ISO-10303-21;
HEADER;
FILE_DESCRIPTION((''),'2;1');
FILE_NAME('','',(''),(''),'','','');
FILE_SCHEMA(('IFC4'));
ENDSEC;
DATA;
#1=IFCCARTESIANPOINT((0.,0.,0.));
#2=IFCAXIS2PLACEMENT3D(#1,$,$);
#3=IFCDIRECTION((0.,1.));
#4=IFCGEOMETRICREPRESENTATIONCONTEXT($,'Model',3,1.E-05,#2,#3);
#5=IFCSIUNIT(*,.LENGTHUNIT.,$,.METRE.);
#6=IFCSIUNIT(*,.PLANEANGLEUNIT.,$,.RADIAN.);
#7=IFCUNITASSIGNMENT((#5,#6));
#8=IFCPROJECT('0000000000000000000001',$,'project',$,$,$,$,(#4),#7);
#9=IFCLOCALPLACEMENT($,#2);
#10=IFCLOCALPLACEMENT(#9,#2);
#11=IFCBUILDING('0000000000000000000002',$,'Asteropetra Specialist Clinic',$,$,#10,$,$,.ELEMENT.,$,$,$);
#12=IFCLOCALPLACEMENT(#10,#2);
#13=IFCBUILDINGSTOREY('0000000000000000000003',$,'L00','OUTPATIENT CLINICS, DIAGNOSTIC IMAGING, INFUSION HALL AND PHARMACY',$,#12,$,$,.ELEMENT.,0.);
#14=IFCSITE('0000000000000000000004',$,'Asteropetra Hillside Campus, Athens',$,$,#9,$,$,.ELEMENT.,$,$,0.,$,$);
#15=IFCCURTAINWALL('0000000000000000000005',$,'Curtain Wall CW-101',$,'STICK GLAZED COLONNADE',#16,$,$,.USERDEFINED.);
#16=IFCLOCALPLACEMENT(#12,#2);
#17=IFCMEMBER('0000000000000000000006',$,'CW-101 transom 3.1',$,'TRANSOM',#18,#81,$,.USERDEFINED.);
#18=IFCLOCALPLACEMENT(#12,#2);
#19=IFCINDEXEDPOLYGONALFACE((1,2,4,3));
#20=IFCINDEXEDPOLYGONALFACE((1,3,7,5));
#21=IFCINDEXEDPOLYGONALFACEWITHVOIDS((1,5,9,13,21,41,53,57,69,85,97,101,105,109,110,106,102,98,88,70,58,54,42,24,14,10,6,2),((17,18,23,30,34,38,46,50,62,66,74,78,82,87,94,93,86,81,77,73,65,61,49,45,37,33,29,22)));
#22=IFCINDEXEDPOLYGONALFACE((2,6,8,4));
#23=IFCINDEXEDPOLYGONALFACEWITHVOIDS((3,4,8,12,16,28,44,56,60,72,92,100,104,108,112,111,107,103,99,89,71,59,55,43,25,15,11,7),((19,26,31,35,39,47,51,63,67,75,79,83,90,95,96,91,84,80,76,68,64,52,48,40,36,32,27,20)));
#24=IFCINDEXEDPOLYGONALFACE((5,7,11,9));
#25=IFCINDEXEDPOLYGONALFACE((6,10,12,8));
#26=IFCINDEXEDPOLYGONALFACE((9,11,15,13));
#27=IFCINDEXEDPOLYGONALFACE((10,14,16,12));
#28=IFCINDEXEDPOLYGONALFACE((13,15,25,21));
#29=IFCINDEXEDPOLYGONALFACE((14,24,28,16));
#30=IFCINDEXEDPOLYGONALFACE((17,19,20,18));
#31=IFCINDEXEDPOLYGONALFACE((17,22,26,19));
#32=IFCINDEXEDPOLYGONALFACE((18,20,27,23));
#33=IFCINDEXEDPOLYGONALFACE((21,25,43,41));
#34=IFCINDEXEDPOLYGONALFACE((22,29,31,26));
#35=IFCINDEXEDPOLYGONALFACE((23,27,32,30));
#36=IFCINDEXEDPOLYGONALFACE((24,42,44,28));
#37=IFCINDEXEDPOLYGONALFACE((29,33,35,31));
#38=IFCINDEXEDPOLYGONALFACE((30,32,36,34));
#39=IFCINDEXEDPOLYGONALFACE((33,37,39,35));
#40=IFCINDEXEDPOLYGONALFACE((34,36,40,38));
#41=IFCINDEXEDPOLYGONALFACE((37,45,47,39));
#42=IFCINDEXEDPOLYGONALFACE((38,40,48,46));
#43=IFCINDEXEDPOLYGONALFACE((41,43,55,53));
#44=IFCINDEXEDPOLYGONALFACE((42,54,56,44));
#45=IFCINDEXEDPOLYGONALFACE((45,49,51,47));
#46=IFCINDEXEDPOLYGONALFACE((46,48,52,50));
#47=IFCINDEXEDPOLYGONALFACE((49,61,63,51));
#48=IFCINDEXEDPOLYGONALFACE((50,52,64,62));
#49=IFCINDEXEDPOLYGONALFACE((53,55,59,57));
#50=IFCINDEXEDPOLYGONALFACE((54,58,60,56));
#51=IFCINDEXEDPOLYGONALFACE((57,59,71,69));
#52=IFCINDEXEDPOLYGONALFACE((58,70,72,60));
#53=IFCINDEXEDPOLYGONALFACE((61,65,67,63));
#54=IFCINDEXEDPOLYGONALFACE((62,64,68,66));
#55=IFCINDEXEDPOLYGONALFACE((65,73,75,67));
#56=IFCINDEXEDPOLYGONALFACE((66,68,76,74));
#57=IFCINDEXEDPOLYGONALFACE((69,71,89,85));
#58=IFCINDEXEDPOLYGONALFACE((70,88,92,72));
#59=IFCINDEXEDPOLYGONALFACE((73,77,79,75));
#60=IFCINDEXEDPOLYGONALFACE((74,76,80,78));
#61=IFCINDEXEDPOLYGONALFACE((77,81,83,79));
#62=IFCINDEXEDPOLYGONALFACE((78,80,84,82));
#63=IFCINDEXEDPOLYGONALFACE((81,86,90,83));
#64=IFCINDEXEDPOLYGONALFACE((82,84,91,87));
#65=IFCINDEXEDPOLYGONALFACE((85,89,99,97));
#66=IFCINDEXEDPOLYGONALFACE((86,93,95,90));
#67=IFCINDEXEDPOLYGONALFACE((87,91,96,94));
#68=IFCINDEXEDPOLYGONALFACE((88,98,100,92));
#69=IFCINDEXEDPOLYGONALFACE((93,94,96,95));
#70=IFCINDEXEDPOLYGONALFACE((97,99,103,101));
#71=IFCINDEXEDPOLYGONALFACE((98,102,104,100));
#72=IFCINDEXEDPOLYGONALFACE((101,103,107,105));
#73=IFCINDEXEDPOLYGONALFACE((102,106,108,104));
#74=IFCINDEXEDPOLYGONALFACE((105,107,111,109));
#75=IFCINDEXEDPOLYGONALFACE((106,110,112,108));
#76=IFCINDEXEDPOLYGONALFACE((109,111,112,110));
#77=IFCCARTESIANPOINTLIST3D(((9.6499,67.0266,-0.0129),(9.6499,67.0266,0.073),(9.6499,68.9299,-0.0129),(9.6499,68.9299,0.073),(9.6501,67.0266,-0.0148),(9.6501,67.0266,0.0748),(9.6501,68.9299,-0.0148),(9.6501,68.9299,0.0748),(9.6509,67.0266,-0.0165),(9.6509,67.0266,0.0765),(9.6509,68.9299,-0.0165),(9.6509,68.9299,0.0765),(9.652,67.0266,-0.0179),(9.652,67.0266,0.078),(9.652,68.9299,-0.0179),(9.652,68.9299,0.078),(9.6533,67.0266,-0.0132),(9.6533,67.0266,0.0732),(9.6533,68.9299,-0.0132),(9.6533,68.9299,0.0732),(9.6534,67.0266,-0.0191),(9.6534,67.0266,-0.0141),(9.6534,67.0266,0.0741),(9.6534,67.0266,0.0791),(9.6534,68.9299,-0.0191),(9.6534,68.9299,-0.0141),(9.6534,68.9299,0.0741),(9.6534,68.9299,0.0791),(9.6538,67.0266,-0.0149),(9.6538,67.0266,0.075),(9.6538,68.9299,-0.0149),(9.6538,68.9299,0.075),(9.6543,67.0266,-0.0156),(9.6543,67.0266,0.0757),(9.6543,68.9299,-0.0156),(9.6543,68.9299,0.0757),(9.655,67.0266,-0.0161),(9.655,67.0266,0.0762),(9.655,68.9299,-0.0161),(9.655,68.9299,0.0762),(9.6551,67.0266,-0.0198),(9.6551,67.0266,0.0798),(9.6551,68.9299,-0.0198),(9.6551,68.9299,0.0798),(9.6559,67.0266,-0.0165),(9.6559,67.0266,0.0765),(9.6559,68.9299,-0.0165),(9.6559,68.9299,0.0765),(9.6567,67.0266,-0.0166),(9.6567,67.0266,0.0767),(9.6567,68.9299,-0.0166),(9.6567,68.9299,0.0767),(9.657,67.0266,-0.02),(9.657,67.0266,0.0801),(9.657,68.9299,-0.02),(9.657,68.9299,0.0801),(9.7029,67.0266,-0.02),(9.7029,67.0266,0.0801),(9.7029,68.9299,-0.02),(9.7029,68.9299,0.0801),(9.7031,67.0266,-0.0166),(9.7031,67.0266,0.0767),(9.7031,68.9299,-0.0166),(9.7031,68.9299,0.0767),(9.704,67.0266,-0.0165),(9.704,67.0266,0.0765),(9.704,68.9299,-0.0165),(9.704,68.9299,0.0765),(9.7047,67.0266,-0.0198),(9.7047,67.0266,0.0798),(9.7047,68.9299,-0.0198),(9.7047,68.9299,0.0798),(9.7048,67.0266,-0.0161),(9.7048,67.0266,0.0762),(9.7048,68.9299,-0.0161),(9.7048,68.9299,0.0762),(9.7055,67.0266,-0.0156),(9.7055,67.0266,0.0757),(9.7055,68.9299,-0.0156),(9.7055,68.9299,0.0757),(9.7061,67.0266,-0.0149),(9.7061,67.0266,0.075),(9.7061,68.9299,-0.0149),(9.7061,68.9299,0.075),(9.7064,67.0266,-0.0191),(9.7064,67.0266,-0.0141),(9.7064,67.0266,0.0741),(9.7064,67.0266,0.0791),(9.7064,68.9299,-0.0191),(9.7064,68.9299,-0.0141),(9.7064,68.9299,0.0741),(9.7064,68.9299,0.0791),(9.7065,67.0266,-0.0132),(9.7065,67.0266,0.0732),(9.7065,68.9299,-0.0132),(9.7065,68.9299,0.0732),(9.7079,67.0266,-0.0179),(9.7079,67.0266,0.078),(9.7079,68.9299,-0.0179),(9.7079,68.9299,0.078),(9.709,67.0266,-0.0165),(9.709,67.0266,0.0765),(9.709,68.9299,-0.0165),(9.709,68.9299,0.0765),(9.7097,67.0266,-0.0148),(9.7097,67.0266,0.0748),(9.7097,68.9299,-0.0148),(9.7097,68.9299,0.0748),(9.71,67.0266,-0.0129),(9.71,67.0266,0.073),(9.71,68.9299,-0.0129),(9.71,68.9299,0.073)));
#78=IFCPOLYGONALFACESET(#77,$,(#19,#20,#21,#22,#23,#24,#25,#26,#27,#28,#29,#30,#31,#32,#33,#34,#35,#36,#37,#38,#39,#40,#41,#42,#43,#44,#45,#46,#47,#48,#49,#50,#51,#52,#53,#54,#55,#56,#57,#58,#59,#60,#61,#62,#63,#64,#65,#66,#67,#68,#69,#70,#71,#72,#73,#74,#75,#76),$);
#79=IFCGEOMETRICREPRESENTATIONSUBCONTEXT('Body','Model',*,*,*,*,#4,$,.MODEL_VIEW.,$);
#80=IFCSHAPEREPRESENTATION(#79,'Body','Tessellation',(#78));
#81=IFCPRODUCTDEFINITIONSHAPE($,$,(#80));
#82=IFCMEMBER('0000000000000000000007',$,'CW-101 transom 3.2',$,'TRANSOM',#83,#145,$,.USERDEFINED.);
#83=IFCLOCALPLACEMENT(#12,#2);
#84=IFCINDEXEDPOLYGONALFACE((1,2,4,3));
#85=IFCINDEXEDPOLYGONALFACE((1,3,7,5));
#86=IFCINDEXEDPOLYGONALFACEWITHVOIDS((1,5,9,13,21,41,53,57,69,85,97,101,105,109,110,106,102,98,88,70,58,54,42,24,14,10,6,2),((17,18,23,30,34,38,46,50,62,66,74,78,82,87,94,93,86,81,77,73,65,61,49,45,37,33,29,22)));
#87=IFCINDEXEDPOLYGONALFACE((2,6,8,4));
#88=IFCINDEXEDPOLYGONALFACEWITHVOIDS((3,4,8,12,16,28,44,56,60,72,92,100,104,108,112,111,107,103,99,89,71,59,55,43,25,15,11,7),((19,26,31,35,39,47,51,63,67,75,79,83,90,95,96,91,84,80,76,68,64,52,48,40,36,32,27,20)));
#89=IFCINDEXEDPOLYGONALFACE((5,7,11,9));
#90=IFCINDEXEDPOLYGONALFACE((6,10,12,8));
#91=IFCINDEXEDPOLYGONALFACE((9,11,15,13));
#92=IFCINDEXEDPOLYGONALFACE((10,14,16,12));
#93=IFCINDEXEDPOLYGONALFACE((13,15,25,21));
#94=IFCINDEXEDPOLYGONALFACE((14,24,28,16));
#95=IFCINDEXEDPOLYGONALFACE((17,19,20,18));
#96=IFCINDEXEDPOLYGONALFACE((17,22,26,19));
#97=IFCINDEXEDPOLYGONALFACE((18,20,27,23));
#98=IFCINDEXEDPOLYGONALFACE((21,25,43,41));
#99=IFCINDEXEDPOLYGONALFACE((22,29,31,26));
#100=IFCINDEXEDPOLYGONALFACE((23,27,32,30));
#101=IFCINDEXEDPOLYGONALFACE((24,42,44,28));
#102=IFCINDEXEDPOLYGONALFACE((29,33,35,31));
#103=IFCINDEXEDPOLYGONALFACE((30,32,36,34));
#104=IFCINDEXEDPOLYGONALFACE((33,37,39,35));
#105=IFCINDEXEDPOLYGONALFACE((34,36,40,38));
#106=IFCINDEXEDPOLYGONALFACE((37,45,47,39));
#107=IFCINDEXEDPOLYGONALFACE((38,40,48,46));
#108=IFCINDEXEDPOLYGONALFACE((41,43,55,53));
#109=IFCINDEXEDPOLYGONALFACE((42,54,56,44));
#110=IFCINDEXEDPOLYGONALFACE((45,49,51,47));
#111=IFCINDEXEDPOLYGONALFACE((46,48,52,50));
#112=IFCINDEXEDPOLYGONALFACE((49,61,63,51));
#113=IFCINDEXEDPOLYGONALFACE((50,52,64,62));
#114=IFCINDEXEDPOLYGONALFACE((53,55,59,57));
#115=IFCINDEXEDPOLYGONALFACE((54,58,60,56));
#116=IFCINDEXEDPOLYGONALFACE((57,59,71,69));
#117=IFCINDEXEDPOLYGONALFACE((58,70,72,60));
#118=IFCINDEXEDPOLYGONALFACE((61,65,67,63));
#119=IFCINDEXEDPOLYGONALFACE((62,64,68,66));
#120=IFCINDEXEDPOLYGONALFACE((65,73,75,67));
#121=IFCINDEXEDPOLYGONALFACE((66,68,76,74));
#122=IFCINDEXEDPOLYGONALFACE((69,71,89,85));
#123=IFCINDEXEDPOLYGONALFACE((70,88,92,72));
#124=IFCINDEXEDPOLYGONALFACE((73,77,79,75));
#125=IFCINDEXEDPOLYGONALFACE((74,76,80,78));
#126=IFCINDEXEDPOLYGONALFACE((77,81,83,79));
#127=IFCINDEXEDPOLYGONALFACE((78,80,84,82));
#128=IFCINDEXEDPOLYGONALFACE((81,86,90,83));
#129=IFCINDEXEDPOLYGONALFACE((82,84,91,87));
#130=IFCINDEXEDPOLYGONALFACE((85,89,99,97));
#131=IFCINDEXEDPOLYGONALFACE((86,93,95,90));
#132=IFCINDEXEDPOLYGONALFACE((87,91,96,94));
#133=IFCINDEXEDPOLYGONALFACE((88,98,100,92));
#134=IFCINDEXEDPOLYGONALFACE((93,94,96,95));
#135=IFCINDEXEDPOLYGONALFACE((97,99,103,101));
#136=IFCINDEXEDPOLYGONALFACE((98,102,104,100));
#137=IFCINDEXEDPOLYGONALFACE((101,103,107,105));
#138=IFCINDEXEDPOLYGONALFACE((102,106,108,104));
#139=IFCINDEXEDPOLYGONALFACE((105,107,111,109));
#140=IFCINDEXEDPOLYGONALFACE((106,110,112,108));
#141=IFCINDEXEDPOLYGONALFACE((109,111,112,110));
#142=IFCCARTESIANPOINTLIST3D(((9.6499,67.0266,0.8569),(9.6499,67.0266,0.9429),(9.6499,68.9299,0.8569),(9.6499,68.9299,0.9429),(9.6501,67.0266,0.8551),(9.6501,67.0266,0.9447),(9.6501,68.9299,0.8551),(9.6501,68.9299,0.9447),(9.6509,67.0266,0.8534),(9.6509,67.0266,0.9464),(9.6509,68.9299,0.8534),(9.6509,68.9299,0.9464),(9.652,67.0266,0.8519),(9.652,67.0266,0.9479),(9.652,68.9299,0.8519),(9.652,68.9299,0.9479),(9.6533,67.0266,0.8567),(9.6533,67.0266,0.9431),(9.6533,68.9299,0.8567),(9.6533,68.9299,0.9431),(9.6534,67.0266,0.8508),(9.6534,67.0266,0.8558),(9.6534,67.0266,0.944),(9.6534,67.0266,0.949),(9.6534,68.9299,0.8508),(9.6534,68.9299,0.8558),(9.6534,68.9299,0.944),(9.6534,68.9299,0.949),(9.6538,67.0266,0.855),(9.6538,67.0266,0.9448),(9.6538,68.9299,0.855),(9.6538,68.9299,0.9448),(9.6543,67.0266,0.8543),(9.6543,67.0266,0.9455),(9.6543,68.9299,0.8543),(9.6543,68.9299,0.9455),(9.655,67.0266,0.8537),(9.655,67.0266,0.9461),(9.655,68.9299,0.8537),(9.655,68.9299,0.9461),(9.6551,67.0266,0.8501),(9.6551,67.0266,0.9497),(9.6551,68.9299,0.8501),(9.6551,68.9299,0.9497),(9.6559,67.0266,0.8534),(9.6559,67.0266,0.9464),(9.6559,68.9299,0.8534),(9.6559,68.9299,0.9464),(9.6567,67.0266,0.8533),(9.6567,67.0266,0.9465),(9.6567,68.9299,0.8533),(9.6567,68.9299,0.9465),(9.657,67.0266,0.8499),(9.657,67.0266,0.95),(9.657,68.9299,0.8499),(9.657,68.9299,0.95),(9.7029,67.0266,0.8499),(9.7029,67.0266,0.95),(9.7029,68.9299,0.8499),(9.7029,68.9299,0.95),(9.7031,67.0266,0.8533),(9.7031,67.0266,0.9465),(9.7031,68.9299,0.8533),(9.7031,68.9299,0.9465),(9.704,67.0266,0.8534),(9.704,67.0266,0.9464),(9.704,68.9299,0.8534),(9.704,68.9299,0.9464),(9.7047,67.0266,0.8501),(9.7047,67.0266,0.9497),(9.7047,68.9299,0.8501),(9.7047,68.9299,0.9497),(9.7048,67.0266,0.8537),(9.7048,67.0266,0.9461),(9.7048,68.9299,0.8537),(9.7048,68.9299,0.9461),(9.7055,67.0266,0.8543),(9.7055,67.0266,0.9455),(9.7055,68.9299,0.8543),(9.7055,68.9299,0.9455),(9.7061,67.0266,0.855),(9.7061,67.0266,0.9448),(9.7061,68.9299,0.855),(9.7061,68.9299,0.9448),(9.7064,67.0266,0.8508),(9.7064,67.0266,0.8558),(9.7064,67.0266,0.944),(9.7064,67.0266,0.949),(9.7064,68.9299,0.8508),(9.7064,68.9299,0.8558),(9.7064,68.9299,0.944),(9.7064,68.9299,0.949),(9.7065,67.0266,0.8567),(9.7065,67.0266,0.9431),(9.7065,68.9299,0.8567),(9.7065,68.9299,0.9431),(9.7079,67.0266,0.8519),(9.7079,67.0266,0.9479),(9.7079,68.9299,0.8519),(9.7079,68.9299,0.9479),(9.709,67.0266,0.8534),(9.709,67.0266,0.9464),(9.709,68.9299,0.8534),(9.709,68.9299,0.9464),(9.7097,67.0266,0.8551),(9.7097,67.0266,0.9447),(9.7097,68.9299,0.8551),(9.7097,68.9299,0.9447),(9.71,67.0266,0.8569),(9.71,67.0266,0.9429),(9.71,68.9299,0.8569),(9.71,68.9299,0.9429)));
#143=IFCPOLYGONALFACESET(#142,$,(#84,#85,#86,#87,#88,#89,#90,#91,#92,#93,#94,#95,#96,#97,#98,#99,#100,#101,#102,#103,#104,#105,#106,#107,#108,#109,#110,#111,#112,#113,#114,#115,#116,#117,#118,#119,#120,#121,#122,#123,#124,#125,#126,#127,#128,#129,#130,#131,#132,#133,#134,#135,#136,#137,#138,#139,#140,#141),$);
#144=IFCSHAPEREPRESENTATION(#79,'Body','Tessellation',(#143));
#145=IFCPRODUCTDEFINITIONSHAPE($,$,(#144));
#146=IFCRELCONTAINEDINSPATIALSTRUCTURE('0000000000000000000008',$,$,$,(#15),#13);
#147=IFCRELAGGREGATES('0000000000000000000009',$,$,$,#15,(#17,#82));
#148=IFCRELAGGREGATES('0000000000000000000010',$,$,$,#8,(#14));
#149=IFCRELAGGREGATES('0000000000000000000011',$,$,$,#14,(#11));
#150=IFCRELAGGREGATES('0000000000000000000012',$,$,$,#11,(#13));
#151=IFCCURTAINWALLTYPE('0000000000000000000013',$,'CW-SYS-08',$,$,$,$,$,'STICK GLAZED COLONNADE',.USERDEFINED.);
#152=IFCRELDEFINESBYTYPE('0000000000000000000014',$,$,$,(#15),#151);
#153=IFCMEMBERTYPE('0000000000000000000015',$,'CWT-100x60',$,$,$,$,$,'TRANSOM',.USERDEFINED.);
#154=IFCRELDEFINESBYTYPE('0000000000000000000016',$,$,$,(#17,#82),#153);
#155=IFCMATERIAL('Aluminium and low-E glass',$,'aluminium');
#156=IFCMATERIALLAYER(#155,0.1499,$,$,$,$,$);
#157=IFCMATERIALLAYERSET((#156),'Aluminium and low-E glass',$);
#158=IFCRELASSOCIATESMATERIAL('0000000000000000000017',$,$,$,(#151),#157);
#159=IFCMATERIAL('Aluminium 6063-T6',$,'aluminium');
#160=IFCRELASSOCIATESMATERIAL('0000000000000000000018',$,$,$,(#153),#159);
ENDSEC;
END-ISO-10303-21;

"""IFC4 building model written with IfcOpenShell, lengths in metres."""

from ifc_helpers import new_model, si_unit, direction, frame, origin, origin_2d, place, context, subcontext, project, spatial, hollow_rectangle, extrude, material, layer, layer_set, material_profile, profile_set, type_object, element, aggregate, save


model = new_model("IFC4")

# Units and contexts
model_context = context("Model", 3, precision=1e-05, world=origin(), true_north=direction((0.0, 1.0)))
body_context = subcontext(model_context, "Body", "Model", "MODEL_VIEW")
ifc_project = project(units=[si_unit("LENGTHUNIT", "METRE"), si_unit("PLANEANGLEUNIT", "RADIAN")], contexts=[model_context])

# Site, building, storey
site_placement = place(None, origin())
site = spatial("IfcSite", under=ifc_project, at=site_placement, Name="Asteropetra Hillside Campus, Athens", CompositionType="ELEMENT", RefElevation=0.0)
building_placement = place(site_placement, origin())
building = spatial("IfcBuilding", under=site, at=building_placement, Name="Asteropetra Specialist Clinic", CompositionType="ELEMENT")
storey_placement = place(building_placement, origin())
storey = spatial("IfcBuildingStorey", under=building, at=storey_placement, Name="L00", Description="OUTPATIENT CLINICS, DIAGNOSTIC IMAGING, INFUSION HALL AND PHARMACY", CompositionType="ELEMENT", Elevation=0.0)

# Curtain wall
ifc_material_1 = material(Name="Aluminium and low-E glass", Category="aluminium")
ifc_layer_1 = layer(ifc_material_1, 0.1499)
ifc_layer_set_1 = layer_set([ifc_layer_1], Name="Aluminium and low-E glass")
curtain_wall_type_1 = type_object("IfcCurtainWallType", Name="CW-SYS-08", ElementType="STICK GLAZED COLONNADE", PredefinedType="USERDEFINED", material=ifc_layer_set_1)
curtain_wall_1_placement = place(storey_placement, origin())
curtain_wall_1 = element("IfcCurtainWall", 1, at=curtain_wall_1_placement, inside=storey, type_object=curtain_wall_type_1, Name="Curtain Wall CW-101", ObjectType="STICK GLAZED COLONNADE", PredefinedType="USERDEFINED")

# Members
ifc_material_2 = material(Name="Aluminium 6063-T6", Category="aluminium")
ifc_material_profile_1 = material_profile(ifc_material_2, hollow_rectangle(XDim=0.0601, YDim=0.1001, WallThickness=0.0034, InnerFilletRadius=0.0034, OuterFilletRadius=0.0071, at=origin_2d()), Name="TRN 100x60x3.5")
ifc_profile_set_1 = profile_set([ifc_material_profile_1], Name="Aluminium 6063-T6")
member_type_1 = type_object("IfcMemberType", Name="CWT-100x60", ElementType="TRANSOM", PredefinedType="USERDEFINED", material=ifc_profile_set_1)
member_1_placement = place(storey_placement, frame((9.6799, 67.0266, 0.03), z_axis=(0.0, 1.0, 0.0), x_axis=(-1.0, 0.0, 0.0)))
member_1 = element("IfcMember", 2, at=member_1_placement, type_object=member_type_1, Name="CW-101 transom 3.1", ObjectType="TRANSOM", PredefinedType="USERDEFINED", context=body_context, shape_type="SweptSolid", body=[
    extrude(hollow_rectangle(XDim=0.0601, YDim=0.1001, WallThickness=0.0034, InnerFilletRadius=0.0034, OuterFilletRadius=0.0071, at=origin_2d()), origin(), (0.0, 0.0, 1.0), 1.9033),
])
member_2_placement = place(storey_placement, frame((9.6799, 67.0266, 0.8999), z_axis=(0.0, 1.0, 0.0), x_axis=(-1.0, 0.0, 0.0)))
member_2 = element("IfcMember", 3, at=member_2_placement, type_object=member_type_1, Name="CW-101 transom 3.2", ObjectType="TRANSOM", PredefinedType="USERDEFINED", context=body_context, shape_type="SweptSolid", body=[
    extrude(hollow_rectangle(XDim=0.0601, YDim=0.1001, WallThickness=0.0034, InnerFilletRadius=0.0034, OuterFilletRadius=0.0071, at=origin_2d()), origin(), (0.0, 0.0, 1.0), 1.9033),
])

aggregate(curtain_wall_1, [member_1, member_2])

save(model, "model.ifc")
